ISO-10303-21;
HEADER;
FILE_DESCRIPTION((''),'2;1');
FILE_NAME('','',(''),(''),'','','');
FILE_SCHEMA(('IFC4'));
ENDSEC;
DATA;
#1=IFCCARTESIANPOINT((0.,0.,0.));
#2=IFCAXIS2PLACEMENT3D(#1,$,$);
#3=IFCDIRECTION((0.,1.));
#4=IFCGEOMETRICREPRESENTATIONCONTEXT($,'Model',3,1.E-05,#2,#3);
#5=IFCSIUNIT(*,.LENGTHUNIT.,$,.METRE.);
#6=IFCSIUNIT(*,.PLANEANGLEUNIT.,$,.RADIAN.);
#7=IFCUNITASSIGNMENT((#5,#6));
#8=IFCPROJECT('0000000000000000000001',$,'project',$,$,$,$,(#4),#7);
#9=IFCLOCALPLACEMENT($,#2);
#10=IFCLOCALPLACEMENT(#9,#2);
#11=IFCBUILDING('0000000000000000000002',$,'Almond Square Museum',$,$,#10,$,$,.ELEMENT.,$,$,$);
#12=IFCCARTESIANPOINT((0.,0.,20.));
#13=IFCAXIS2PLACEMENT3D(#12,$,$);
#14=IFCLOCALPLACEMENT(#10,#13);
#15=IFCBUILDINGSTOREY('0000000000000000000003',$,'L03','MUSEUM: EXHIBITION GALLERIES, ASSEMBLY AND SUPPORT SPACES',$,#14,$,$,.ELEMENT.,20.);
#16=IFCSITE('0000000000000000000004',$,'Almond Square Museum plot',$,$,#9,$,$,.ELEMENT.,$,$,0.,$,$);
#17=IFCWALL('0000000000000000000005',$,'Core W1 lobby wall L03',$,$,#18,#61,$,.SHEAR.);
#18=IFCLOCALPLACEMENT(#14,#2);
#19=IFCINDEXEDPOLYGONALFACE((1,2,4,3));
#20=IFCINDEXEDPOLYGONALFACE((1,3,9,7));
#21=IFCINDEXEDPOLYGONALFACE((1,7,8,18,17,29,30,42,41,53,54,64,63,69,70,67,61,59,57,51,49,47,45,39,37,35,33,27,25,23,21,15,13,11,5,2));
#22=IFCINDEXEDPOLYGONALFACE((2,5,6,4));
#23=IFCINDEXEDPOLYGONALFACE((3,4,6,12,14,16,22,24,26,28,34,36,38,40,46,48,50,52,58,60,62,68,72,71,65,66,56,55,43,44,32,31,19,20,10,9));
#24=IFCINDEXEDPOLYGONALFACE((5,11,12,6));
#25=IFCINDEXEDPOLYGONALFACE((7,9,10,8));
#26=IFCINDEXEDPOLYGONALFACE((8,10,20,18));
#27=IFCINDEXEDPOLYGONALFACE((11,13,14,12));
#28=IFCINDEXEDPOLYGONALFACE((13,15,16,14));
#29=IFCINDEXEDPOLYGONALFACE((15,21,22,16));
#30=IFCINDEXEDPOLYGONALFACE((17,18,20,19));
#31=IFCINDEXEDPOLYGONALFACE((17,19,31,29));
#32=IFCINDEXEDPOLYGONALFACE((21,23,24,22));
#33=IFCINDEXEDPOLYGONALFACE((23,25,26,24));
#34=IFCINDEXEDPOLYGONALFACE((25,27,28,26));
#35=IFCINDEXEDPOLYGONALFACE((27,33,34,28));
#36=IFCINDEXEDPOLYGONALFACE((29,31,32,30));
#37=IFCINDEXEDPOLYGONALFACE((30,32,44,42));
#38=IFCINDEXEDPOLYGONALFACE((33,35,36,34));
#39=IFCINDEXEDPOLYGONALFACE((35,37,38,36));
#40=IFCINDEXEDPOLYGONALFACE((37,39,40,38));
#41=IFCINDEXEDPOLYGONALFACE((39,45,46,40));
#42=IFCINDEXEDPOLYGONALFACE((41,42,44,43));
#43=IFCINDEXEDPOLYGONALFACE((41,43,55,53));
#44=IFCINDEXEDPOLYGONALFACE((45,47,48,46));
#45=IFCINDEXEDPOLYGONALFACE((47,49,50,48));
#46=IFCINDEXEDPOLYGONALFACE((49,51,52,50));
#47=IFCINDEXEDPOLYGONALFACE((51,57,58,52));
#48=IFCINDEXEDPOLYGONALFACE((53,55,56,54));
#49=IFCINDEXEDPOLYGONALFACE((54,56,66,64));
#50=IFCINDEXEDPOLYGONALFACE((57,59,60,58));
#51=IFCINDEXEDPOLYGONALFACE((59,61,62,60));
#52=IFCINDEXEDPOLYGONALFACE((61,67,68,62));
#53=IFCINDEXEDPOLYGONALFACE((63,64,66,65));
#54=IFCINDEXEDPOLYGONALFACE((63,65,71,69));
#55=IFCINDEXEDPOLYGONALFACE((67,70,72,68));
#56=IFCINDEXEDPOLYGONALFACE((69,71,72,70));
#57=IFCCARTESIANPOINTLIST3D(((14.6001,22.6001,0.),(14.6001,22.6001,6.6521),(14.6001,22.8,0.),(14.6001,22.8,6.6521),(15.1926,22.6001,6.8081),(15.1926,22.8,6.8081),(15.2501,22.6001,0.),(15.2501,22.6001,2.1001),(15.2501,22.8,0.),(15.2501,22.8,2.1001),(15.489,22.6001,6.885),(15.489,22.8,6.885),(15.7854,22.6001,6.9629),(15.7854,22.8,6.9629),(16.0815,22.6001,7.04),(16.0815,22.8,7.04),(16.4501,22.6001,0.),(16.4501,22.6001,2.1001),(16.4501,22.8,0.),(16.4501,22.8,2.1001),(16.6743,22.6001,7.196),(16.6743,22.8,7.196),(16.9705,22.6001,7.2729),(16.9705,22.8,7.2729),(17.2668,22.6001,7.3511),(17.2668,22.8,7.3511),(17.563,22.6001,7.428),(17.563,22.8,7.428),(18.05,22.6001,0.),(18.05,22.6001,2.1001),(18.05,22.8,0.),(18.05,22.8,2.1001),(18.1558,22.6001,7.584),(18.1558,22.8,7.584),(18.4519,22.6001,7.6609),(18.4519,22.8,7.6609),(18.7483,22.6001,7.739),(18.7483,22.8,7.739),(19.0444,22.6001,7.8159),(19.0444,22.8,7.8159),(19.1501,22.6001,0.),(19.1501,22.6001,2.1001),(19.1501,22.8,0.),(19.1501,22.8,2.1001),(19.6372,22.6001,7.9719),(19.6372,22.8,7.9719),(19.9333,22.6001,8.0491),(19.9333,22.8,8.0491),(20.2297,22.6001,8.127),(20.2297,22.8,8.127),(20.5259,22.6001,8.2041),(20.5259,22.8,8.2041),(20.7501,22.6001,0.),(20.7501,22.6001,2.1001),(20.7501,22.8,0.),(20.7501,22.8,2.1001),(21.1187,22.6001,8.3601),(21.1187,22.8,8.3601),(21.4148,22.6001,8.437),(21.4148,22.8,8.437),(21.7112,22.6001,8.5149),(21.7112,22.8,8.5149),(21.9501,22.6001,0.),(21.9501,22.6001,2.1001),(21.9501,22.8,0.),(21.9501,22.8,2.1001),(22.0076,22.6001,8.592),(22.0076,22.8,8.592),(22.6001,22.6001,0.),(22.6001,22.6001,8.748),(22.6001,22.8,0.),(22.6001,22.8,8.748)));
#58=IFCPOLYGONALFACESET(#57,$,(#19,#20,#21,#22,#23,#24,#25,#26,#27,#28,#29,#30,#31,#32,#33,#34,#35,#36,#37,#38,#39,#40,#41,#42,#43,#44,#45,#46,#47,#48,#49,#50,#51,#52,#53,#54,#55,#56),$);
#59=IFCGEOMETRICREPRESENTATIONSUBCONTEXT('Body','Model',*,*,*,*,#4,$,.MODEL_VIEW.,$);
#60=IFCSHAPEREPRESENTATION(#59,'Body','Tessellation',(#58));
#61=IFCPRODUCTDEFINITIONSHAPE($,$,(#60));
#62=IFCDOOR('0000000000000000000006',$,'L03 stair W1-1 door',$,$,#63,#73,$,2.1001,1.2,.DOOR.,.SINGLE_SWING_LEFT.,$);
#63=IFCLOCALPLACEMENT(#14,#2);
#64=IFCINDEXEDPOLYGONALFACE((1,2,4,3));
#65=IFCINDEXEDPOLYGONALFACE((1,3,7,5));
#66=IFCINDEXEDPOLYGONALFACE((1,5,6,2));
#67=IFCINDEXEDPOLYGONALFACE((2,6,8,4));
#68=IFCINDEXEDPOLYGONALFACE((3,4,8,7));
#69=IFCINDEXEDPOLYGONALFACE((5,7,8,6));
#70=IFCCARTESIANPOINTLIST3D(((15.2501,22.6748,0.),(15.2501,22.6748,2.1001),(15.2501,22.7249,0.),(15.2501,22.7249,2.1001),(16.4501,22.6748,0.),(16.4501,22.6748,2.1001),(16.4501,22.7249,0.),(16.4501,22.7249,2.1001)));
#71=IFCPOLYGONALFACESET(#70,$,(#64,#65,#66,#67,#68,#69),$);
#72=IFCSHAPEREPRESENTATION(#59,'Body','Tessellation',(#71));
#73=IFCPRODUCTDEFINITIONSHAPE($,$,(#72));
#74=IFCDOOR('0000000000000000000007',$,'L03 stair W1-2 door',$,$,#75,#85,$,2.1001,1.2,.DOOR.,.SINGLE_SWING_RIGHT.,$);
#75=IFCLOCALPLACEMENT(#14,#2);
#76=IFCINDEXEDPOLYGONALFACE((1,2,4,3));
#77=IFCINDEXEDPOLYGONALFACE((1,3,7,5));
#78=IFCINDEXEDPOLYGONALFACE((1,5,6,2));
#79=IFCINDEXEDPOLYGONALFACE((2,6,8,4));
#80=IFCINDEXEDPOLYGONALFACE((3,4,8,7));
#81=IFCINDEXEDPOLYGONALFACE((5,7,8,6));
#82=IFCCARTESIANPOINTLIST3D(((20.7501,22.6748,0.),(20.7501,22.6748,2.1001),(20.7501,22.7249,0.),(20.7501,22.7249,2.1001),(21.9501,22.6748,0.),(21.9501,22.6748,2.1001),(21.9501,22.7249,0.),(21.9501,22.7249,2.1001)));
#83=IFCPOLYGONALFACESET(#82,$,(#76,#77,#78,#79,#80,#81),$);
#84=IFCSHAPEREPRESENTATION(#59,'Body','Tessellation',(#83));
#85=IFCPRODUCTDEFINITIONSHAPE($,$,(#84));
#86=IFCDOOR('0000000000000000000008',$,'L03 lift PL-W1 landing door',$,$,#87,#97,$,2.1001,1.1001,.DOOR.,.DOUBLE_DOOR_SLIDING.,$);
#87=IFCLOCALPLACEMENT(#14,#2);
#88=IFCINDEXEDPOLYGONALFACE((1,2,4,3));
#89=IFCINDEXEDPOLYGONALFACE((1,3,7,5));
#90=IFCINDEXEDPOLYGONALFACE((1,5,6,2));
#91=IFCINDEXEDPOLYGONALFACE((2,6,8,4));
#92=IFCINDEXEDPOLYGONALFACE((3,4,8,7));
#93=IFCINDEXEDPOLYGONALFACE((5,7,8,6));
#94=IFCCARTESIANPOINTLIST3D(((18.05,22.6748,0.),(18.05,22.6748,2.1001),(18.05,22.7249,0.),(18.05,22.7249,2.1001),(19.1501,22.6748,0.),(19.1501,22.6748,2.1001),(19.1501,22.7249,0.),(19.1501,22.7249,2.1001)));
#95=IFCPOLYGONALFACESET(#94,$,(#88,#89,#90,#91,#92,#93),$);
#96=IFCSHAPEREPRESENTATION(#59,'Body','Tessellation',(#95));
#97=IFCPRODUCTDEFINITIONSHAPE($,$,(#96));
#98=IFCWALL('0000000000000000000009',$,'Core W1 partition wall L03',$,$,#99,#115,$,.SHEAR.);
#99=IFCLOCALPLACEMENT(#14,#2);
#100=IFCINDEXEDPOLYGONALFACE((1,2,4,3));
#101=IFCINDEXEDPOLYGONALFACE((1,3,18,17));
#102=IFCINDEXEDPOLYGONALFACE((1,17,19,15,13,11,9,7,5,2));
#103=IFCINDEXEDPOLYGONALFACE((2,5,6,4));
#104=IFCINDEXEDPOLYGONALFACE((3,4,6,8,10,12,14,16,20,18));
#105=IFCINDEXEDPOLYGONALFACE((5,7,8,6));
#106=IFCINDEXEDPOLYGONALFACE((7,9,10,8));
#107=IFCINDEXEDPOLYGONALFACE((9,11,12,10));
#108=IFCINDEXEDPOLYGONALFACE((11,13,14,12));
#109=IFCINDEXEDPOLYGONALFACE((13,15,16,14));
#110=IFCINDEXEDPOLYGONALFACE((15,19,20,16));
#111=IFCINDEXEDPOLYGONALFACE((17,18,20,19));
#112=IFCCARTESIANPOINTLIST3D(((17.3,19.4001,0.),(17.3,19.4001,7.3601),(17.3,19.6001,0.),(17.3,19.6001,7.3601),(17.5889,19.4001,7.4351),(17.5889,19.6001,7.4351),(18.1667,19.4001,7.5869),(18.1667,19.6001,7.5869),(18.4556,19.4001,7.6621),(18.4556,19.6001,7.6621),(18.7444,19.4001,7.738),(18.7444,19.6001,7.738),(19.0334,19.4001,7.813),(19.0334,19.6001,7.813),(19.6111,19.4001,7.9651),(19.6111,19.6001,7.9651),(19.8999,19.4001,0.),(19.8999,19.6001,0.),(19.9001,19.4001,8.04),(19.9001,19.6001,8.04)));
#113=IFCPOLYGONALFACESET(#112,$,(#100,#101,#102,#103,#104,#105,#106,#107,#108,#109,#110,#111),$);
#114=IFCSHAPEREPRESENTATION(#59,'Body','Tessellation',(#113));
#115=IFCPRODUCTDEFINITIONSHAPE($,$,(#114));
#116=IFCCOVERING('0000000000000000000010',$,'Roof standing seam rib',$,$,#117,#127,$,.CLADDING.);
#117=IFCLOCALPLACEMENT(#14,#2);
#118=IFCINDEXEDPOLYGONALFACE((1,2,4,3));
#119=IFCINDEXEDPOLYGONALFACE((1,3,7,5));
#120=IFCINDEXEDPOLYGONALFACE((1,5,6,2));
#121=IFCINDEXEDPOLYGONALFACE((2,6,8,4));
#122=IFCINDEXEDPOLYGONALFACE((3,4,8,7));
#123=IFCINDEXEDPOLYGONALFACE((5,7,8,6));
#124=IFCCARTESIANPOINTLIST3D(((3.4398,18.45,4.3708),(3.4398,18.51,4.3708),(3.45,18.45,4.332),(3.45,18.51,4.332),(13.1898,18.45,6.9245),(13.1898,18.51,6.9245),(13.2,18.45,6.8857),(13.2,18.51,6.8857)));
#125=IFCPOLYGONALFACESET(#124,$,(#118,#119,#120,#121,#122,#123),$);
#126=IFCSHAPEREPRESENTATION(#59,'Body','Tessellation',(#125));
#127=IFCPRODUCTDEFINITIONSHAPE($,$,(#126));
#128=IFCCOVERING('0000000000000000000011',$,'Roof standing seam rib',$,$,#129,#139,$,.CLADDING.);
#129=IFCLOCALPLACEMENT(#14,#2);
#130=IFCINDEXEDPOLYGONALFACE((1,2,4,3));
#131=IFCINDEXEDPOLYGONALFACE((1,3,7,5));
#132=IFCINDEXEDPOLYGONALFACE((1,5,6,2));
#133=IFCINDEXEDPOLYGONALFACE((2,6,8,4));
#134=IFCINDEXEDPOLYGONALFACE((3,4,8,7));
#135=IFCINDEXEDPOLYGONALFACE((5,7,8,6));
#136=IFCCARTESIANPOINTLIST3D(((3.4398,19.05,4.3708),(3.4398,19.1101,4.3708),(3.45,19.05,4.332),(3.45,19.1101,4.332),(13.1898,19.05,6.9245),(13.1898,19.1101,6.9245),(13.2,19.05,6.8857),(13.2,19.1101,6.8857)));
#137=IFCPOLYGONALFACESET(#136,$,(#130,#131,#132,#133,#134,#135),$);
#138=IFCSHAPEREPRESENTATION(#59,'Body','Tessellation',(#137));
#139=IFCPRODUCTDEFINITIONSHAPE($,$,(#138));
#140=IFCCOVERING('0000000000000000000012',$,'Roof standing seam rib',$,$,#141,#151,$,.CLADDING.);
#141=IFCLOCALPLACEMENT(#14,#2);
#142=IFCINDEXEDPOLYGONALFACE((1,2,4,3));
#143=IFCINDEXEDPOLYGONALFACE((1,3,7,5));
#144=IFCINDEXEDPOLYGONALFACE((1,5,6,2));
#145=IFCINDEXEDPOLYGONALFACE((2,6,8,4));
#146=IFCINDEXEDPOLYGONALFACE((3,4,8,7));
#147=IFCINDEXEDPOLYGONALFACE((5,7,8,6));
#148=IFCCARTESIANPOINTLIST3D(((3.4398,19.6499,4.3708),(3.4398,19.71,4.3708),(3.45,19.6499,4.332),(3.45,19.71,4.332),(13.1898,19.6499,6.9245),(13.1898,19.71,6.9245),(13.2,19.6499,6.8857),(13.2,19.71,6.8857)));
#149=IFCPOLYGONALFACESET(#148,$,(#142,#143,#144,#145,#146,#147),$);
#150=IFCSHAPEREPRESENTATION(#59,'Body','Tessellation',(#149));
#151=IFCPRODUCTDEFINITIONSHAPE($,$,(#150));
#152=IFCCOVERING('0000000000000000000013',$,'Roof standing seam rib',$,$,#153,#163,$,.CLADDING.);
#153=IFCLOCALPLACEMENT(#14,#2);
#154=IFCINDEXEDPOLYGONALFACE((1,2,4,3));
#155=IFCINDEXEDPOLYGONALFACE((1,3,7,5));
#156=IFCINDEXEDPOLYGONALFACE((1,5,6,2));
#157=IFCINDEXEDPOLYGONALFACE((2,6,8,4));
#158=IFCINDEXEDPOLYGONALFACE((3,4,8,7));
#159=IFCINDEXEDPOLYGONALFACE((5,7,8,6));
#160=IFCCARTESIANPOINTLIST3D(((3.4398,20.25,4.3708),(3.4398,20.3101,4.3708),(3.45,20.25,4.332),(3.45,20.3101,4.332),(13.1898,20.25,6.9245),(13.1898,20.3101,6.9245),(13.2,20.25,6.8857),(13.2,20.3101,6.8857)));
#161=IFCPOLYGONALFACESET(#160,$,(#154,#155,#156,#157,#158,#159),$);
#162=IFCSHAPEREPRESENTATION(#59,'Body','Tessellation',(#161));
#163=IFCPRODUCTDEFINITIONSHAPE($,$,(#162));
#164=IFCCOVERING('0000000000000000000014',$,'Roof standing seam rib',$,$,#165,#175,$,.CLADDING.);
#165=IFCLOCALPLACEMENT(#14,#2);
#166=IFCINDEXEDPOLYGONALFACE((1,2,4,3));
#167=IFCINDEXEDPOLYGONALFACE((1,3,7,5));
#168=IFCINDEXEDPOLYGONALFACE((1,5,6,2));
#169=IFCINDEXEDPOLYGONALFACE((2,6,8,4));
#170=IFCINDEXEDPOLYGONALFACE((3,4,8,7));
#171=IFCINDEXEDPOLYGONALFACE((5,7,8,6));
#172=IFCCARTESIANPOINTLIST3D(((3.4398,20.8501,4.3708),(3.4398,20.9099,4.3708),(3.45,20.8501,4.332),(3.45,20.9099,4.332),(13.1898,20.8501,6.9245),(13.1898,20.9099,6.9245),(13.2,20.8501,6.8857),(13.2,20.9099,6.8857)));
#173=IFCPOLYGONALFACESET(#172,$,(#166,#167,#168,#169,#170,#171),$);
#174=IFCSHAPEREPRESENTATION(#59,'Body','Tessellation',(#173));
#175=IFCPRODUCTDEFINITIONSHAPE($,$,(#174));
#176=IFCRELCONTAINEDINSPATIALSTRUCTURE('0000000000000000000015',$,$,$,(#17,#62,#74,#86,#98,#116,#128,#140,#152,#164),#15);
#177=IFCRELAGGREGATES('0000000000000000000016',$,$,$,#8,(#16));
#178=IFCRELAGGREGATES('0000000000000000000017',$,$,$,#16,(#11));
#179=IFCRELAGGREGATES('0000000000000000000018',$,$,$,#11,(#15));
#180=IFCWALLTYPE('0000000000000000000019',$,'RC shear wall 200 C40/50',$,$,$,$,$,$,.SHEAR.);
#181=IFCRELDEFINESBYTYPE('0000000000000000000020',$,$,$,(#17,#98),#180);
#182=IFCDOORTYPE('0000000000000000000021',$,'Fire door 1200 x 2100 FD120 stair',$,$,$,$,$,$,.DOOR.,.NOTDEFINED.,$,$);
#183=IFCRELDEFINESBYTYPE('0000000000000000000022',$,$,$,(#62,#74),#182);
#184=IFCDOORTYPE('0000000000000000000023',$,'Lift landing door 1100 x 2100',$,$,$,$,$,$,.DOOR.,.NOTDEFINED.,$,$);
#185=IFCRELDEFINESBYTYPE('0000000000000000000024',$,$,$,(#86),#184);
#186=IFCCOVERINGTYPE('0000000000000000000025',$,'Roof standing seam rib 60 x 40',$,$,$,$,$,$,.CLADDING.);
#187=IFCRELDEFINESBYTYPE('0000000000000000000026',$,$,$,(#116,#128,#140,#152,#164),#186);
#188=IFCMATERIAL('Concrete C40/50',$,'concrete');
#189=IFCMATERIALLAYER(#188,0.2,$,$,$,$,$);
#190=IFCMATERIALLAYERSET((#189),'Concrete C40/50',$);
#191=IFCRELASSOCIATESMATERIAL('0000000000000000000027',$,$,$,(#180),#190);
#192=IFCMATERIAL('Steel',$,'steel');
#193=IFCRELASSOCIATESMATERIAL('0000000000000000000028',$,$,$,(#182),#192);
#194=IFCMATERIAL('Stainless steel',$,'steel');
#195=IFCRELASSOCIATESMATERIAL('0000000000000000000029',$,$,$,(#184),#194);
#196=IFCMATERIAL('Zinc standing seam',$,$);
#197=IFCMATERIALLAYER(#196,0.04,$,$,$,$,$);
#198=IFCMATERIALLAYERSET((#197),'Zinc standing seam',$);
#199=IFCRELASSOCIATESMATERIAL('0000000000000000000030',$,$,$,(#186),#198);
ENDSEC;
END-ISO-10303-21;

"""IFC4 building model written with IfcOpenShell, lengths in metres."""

from ifc_helpers import new_model, si_unit, direction, frame, frame_2d, origin, place, context, subcontext, project, spatial, polyline, rectangle, outline, extrude, material, layer, layer_set, type_object, element, fill, save


model = new_model("IFC4")

# Units and contexts
model_context = context("Model", 3, precision=1e-05, world=origin(), true_north=direction((0.0, 1.0)))
body_context = subcontext(model_context, "Body", "Model", "MODEL_VIEW")
ifc_project = project(units=[si_unit("LENGTHUNIT", "METRE"), si_unit("PLANEANGLEUNIT", "RADIAN")], contexts=[model_context])

# Site, building, storey
site_placement = place(None, origin())
site = spatial("IfcSite", under=ifc_project, at=site_placement, Name="Almond Square Museum plot", CompositionType="ELEMENT", RefElevation=0.0)
building_placement = place(site_placement, origin())
building = spatial("IfcBuilding", under=site, at=building_placement, Name="Almond Square Museum", CompositionType="ELEMENT")
storey_placement = place(building_placement, frame((0.0, 0.0, 20.0)))
storey = spatial("IfcBuildingStorey", under=building, at=storey_placement, Name="L03", Description="MUSEUM: EXHIBITION GALLERIES, ASSEMBLY AND SUPPORT SPACES", CompositionType="ELEMENT", Elevation=20.0)

# Shared definitions
ifc_material_1 = material(Name="Concrete C40/50", Category="concrete")
ifc_layer_1 = layer(ifc_material_1, 0.2)
ifc_layer_set_1 = layer_set([ifc_layer_1], Name="Concrete C40/50")
wall_type_1 = type_object("IfcWallType", Name="RC shear wall 200 C40/50", PredefinedType="SHEAR", material=ifc_layer_set_1)

# Wall, openings, doors
wall_1_placement = place(storey_placement, frame((14.6001, 22.7, 0.0), z_axis=(0.0, 0.0, 1.0), x_axis=(1.0, 0.0, 0.0)))
wall_1 = element("IfcWall", 1, at=wall_1_placement, inside=storey, type_object=wall_type_1, Name="Core W1 lobby wall L03", PredefinedType="SHEAR", context=body_context, shape_type="SweptSolid", body=[
    extrude(outline(polyline([(0.0, 0.0), (8.0, 0.0), (8.0, 8.748), (7.4075, 8.592), (7.1111, 8.5149), (6.8147, 8.437), (6.5186, 8.3601), (5.9258, 8.2041), (5.6296, 8.127), (5.3333, 8.0491), (5.0371, 7.9719), (4.4443, 7.8159), (4.1482, 7.739), (3.8518, 7.6609), (3.5557, 7.584), (2.9629, 7.428), (2.6667, 7.3511), (2.3704, 7.2729), (2.0742, 7.196), (1.4814, 7.04), (1.1853, 6.9629), (0.8889, 6.885), (0.5925, 6.8081), (0.0, 6.6521), (0.0, 0.0)])), frame((0.0, 0.1001, 0.0), z_axis=(0.0, -1.0, 0.0), x_axis=(1.0, 0.0, 0.0)), (0.0, 0.0, 1.0), 0.2),
])
opening_1_placement = place(wall_1_placement, frame((0.6499, 0.0, 0.0)))
opening_1 = element("IfcOpeningElement", 2, at=opening_1_placement, cuts=wall_1, PredefinedType="OPENING", context=body_context, shape_type="SweptSolid", body=[
    extrude(rectangle(XDim=1.2, YDim=2.1001, at=frame_2d((0.6001, 1.05))), frame((0.0, 0.1099, 0.0), z_axis=(0.0, -1.0, 0.0), x_axis=(1.0, 0.0, 0.0)), (0.0, 0.0, 1.0), 0.22),
])
opening_2_placement = place(wall_1_placement, frame((6.1499, 0.0, 0.0)))
opening_2 = element("IfcOpeningElement", 3, at=opening_2_placement, cuts=wall_1, PredefinedType="OPENING", context=body_context, shape_type="SweptSolid", body=[
    extrude(rectangle(XDim=1.2, YDim=2.1001, at=frame_2d((0.6001, 1.05))), frame((0.0, 0.1099, 0.0), z_axis=(0.0, -1.0, 0.0), x_axis=(1.0, 0.0, 0.0)), (0.0, 0.0, 1.0), 0.22),
])
opening_3_placement = place(wall_1_placement, frame((3.45, 0.0, 0.0)))
opening_3 = element("IfcOpeningElement", 4, at=opening_3_placement, cuts=wall_1, PredefinedType="OPENING", context=body_context, shape_type="SweptSolid", body=[
    extrude(rectangle(XDim=1.1001, YDim=2.1001, at=frame_2d((0.55, 1.05))), frame((0.0, 0.1099, 0.0), z_axis=(0.0, -1.0, 0.0), x_axis=(1.0, 0.0, 0.0)), (0.0, 0.0, 1.0), 0.22),
])
ifc_material_2 = material(Name="Steel", Category="steel")
door_type_1 = type_object("IfcDoorType", Name="Fire door 1200 x 2100 FD120 stair", OperationType="NOTDEFINED", PredefinedType="DOOR", material=ifc_material_2)
door_1_placement = place(opening_1_placement, origin())
door_1 = element("IfcDoor", 5, at=door_1_placement, inside=storey, type_object=door_type_1, Name="L03 stair W1-1 door", OperationType="SINGLE_SWING_LEFT", OverallHeight=2.1001, OverallWidth=1.2, PredefinedType="DOOR", context=body_context, shape_type="SweptSolid", body=[
    extrude(rectangle(XDim=1.2, YDim=2.1001, at=frame_2d((0.6001, 1.05))), frame((0.0, 0.0249, 0.0), z_axis=(0.0, -1.0, 0.0), x_axis=(1.0, 0.0, 0.0)), (0.0, 0.0, 1.0), 0.05),
])
fill(opening_1, door_1)
door_2_placement = place(opening_2_placement, origin())
door_2 = element("IfcDoor", 6, at=door_2_placement, inside=storey, type_object=door_type_1, Name="L03 stair W1-2 door", OperationType="SINGLE_SWING_RIGHT", OverallHeight=2.1001, OverallWidth=1.2, PredefinedType="DOOR", context=body_context, shape_type="SweptSolid", body=[
    extrude(rectangle(XDim=1.2, YDim=2.1001, at=frame_2d((0.6001, 1.05))), frame((0.0, 0.0249, 0.0), z_axis=(0.0, -1.0, 0.0), x_axis=(1.0, 0.0, 0.0)), (0.0, 0.0, 1.0), 0.05),
])
fill(opening_2, door_2)
ifc_material_3 = material(Name="Stainless steel", Category="steel")
door_type_2 = type_object("IfcDoorType", Name="Lift landing door 1100 x 2100", OperationType="NOTDEFINED", PredefinedType="DOOR", material=ifc_material_3)
door_3_placement = place(opening_3_placement, origin())
door_3 = element("IfcDoor", 7, at=door_3_placement, inside=storey, type_object=door_type_2, Name="L03 lift PL-W1 landing door", OperationType="DOUBLE_DOOR_SLIDING", OverallHeight=2.1001, OverallWidth=1.1001, PredefinedType="DOOR", context=body_context, shape_type="SweptSolid", body=[
    extrude(rectangle(XDim=1.1001, YDim=2.1001, at=frame_2d((0.55, 1.05))), frame((0.0, 0.0249, 0.0), z_axis=(0.0, -1.0, 0.0), x_axis=(1.0, 0.0, 0.0)), (0.0, 0.0, 1.0), 0.05),
])
fill(opening_3, door_3)

# Wall
wall_2_placement = place(storey_placement, frame((17.3, 19.5, 0.0), z_axis=(0.0, 0.0, 1.0), x_axis=(1.0, 0.0, 0.0)))
element("IfcWall", 8, at=wall_2_placement, inside=storey, type_object=wall_type_1, Name="Core W1 partition wall L03", PredefinedType="SHEAR", context=body_context, shape_type="SweptSolid", body=[
    extrude(outline(polyline([(0.0, 0.0), (2.5999, 0.0), (2.6001, 8.04), (2.311, 7.9651), (1.7334, 7.813), (1.4443, 7.738), (1.1555, 7.6621), (0.8667, 7.5869), (0.2888, 7.4351), (0.0, 7.3601), (0.0, 0.0)])), frame((0.0, 0.1001, 0.0), z_axis=(0.0, -1.0, 0.0), x_axis=(1.0, 0.0, 0.0)), (0.0, 0.0, 1.0), 0.2),
])

# Coverings
ifc_material_4 = material(Name="Zinc standing seam")
ifc_layer_2 = layer(ifc_material_4, 0.04)
ifc_layer_set_2 = layer_set([ifc_layer_2], Name="Zinc standing seam")
covering_type = type_object("IfcCoveringType", Name="Roof standing seam rib 60 x 40", PredefinedType="CLADDING", material=ifc_layer_set_2)
for number, where, z_axis, x_axis, name in (
    (9, (13.2, 18.51, 6.8857), (-0.253372, 0.0, 0.967369), (-0.967369, 0.0, -0.253372), "Roof standing seam rib"),
    (10, (13.2, 19.1101, 6.8857), (-0.253372, 0.0, 0.967369), (-0.967369, 0.0, -0.253372), "Roof standing seam rib"),
    (11, (13.2, 19.71, 6.8857), (-0.253372, 0.0, 0.967369), (-0.967369, 0.0, -0.253372), "Roof standing seam rib"),
    (12, (13.2, 20.3101, 6.8857), (-0.253372, 0.0, 0.967369), (-0.967369, 0.0, -0.253372), "Roof standing seam rib"),
):
    element("IfcCovering", number, at=place(storey_placement, frame(where, z_axis=z_axis, x_axis=x_axis)), inside=storey, type_object=covering_type, Name=name, PredefinedType="CLADDING", context=body_context, shape_type="SweptSolid", body=[
        extrude(outline(polyline([(0.0, 0.0), (10.0789, 0.0), (10.0789, 0.0601), (0.0, 0.0601), (0.0, 0.0)])), origin(), (0.0, 0.0, 1.0), 0.04),
    ])
covering_1_placement = place(storey_placement, frame((13.2, 20.9099, 6.8857), z_axis=(-0.253372, 0.0, 0.967369), x_axis=(-0.967369, 0.0, -0.253372)))
element("IfcCovering", 13, at=covering_1_placement, inside=storey, type_object=covering_type, Name="Roof standing seam rib", PredefinedType="CLADDING", context=body_context, shape_type="SweptSolid", body=[
    extrude(outline(polyline([(0.0, 0.0), (10.0789, 0.0), (10.0789, 0.0598), (0.0, 0.0598), (0.0, 0.0)])), origin(), (0.0, 0.0, 1.0), 0.04),
])

save(model, "model.ifc")
